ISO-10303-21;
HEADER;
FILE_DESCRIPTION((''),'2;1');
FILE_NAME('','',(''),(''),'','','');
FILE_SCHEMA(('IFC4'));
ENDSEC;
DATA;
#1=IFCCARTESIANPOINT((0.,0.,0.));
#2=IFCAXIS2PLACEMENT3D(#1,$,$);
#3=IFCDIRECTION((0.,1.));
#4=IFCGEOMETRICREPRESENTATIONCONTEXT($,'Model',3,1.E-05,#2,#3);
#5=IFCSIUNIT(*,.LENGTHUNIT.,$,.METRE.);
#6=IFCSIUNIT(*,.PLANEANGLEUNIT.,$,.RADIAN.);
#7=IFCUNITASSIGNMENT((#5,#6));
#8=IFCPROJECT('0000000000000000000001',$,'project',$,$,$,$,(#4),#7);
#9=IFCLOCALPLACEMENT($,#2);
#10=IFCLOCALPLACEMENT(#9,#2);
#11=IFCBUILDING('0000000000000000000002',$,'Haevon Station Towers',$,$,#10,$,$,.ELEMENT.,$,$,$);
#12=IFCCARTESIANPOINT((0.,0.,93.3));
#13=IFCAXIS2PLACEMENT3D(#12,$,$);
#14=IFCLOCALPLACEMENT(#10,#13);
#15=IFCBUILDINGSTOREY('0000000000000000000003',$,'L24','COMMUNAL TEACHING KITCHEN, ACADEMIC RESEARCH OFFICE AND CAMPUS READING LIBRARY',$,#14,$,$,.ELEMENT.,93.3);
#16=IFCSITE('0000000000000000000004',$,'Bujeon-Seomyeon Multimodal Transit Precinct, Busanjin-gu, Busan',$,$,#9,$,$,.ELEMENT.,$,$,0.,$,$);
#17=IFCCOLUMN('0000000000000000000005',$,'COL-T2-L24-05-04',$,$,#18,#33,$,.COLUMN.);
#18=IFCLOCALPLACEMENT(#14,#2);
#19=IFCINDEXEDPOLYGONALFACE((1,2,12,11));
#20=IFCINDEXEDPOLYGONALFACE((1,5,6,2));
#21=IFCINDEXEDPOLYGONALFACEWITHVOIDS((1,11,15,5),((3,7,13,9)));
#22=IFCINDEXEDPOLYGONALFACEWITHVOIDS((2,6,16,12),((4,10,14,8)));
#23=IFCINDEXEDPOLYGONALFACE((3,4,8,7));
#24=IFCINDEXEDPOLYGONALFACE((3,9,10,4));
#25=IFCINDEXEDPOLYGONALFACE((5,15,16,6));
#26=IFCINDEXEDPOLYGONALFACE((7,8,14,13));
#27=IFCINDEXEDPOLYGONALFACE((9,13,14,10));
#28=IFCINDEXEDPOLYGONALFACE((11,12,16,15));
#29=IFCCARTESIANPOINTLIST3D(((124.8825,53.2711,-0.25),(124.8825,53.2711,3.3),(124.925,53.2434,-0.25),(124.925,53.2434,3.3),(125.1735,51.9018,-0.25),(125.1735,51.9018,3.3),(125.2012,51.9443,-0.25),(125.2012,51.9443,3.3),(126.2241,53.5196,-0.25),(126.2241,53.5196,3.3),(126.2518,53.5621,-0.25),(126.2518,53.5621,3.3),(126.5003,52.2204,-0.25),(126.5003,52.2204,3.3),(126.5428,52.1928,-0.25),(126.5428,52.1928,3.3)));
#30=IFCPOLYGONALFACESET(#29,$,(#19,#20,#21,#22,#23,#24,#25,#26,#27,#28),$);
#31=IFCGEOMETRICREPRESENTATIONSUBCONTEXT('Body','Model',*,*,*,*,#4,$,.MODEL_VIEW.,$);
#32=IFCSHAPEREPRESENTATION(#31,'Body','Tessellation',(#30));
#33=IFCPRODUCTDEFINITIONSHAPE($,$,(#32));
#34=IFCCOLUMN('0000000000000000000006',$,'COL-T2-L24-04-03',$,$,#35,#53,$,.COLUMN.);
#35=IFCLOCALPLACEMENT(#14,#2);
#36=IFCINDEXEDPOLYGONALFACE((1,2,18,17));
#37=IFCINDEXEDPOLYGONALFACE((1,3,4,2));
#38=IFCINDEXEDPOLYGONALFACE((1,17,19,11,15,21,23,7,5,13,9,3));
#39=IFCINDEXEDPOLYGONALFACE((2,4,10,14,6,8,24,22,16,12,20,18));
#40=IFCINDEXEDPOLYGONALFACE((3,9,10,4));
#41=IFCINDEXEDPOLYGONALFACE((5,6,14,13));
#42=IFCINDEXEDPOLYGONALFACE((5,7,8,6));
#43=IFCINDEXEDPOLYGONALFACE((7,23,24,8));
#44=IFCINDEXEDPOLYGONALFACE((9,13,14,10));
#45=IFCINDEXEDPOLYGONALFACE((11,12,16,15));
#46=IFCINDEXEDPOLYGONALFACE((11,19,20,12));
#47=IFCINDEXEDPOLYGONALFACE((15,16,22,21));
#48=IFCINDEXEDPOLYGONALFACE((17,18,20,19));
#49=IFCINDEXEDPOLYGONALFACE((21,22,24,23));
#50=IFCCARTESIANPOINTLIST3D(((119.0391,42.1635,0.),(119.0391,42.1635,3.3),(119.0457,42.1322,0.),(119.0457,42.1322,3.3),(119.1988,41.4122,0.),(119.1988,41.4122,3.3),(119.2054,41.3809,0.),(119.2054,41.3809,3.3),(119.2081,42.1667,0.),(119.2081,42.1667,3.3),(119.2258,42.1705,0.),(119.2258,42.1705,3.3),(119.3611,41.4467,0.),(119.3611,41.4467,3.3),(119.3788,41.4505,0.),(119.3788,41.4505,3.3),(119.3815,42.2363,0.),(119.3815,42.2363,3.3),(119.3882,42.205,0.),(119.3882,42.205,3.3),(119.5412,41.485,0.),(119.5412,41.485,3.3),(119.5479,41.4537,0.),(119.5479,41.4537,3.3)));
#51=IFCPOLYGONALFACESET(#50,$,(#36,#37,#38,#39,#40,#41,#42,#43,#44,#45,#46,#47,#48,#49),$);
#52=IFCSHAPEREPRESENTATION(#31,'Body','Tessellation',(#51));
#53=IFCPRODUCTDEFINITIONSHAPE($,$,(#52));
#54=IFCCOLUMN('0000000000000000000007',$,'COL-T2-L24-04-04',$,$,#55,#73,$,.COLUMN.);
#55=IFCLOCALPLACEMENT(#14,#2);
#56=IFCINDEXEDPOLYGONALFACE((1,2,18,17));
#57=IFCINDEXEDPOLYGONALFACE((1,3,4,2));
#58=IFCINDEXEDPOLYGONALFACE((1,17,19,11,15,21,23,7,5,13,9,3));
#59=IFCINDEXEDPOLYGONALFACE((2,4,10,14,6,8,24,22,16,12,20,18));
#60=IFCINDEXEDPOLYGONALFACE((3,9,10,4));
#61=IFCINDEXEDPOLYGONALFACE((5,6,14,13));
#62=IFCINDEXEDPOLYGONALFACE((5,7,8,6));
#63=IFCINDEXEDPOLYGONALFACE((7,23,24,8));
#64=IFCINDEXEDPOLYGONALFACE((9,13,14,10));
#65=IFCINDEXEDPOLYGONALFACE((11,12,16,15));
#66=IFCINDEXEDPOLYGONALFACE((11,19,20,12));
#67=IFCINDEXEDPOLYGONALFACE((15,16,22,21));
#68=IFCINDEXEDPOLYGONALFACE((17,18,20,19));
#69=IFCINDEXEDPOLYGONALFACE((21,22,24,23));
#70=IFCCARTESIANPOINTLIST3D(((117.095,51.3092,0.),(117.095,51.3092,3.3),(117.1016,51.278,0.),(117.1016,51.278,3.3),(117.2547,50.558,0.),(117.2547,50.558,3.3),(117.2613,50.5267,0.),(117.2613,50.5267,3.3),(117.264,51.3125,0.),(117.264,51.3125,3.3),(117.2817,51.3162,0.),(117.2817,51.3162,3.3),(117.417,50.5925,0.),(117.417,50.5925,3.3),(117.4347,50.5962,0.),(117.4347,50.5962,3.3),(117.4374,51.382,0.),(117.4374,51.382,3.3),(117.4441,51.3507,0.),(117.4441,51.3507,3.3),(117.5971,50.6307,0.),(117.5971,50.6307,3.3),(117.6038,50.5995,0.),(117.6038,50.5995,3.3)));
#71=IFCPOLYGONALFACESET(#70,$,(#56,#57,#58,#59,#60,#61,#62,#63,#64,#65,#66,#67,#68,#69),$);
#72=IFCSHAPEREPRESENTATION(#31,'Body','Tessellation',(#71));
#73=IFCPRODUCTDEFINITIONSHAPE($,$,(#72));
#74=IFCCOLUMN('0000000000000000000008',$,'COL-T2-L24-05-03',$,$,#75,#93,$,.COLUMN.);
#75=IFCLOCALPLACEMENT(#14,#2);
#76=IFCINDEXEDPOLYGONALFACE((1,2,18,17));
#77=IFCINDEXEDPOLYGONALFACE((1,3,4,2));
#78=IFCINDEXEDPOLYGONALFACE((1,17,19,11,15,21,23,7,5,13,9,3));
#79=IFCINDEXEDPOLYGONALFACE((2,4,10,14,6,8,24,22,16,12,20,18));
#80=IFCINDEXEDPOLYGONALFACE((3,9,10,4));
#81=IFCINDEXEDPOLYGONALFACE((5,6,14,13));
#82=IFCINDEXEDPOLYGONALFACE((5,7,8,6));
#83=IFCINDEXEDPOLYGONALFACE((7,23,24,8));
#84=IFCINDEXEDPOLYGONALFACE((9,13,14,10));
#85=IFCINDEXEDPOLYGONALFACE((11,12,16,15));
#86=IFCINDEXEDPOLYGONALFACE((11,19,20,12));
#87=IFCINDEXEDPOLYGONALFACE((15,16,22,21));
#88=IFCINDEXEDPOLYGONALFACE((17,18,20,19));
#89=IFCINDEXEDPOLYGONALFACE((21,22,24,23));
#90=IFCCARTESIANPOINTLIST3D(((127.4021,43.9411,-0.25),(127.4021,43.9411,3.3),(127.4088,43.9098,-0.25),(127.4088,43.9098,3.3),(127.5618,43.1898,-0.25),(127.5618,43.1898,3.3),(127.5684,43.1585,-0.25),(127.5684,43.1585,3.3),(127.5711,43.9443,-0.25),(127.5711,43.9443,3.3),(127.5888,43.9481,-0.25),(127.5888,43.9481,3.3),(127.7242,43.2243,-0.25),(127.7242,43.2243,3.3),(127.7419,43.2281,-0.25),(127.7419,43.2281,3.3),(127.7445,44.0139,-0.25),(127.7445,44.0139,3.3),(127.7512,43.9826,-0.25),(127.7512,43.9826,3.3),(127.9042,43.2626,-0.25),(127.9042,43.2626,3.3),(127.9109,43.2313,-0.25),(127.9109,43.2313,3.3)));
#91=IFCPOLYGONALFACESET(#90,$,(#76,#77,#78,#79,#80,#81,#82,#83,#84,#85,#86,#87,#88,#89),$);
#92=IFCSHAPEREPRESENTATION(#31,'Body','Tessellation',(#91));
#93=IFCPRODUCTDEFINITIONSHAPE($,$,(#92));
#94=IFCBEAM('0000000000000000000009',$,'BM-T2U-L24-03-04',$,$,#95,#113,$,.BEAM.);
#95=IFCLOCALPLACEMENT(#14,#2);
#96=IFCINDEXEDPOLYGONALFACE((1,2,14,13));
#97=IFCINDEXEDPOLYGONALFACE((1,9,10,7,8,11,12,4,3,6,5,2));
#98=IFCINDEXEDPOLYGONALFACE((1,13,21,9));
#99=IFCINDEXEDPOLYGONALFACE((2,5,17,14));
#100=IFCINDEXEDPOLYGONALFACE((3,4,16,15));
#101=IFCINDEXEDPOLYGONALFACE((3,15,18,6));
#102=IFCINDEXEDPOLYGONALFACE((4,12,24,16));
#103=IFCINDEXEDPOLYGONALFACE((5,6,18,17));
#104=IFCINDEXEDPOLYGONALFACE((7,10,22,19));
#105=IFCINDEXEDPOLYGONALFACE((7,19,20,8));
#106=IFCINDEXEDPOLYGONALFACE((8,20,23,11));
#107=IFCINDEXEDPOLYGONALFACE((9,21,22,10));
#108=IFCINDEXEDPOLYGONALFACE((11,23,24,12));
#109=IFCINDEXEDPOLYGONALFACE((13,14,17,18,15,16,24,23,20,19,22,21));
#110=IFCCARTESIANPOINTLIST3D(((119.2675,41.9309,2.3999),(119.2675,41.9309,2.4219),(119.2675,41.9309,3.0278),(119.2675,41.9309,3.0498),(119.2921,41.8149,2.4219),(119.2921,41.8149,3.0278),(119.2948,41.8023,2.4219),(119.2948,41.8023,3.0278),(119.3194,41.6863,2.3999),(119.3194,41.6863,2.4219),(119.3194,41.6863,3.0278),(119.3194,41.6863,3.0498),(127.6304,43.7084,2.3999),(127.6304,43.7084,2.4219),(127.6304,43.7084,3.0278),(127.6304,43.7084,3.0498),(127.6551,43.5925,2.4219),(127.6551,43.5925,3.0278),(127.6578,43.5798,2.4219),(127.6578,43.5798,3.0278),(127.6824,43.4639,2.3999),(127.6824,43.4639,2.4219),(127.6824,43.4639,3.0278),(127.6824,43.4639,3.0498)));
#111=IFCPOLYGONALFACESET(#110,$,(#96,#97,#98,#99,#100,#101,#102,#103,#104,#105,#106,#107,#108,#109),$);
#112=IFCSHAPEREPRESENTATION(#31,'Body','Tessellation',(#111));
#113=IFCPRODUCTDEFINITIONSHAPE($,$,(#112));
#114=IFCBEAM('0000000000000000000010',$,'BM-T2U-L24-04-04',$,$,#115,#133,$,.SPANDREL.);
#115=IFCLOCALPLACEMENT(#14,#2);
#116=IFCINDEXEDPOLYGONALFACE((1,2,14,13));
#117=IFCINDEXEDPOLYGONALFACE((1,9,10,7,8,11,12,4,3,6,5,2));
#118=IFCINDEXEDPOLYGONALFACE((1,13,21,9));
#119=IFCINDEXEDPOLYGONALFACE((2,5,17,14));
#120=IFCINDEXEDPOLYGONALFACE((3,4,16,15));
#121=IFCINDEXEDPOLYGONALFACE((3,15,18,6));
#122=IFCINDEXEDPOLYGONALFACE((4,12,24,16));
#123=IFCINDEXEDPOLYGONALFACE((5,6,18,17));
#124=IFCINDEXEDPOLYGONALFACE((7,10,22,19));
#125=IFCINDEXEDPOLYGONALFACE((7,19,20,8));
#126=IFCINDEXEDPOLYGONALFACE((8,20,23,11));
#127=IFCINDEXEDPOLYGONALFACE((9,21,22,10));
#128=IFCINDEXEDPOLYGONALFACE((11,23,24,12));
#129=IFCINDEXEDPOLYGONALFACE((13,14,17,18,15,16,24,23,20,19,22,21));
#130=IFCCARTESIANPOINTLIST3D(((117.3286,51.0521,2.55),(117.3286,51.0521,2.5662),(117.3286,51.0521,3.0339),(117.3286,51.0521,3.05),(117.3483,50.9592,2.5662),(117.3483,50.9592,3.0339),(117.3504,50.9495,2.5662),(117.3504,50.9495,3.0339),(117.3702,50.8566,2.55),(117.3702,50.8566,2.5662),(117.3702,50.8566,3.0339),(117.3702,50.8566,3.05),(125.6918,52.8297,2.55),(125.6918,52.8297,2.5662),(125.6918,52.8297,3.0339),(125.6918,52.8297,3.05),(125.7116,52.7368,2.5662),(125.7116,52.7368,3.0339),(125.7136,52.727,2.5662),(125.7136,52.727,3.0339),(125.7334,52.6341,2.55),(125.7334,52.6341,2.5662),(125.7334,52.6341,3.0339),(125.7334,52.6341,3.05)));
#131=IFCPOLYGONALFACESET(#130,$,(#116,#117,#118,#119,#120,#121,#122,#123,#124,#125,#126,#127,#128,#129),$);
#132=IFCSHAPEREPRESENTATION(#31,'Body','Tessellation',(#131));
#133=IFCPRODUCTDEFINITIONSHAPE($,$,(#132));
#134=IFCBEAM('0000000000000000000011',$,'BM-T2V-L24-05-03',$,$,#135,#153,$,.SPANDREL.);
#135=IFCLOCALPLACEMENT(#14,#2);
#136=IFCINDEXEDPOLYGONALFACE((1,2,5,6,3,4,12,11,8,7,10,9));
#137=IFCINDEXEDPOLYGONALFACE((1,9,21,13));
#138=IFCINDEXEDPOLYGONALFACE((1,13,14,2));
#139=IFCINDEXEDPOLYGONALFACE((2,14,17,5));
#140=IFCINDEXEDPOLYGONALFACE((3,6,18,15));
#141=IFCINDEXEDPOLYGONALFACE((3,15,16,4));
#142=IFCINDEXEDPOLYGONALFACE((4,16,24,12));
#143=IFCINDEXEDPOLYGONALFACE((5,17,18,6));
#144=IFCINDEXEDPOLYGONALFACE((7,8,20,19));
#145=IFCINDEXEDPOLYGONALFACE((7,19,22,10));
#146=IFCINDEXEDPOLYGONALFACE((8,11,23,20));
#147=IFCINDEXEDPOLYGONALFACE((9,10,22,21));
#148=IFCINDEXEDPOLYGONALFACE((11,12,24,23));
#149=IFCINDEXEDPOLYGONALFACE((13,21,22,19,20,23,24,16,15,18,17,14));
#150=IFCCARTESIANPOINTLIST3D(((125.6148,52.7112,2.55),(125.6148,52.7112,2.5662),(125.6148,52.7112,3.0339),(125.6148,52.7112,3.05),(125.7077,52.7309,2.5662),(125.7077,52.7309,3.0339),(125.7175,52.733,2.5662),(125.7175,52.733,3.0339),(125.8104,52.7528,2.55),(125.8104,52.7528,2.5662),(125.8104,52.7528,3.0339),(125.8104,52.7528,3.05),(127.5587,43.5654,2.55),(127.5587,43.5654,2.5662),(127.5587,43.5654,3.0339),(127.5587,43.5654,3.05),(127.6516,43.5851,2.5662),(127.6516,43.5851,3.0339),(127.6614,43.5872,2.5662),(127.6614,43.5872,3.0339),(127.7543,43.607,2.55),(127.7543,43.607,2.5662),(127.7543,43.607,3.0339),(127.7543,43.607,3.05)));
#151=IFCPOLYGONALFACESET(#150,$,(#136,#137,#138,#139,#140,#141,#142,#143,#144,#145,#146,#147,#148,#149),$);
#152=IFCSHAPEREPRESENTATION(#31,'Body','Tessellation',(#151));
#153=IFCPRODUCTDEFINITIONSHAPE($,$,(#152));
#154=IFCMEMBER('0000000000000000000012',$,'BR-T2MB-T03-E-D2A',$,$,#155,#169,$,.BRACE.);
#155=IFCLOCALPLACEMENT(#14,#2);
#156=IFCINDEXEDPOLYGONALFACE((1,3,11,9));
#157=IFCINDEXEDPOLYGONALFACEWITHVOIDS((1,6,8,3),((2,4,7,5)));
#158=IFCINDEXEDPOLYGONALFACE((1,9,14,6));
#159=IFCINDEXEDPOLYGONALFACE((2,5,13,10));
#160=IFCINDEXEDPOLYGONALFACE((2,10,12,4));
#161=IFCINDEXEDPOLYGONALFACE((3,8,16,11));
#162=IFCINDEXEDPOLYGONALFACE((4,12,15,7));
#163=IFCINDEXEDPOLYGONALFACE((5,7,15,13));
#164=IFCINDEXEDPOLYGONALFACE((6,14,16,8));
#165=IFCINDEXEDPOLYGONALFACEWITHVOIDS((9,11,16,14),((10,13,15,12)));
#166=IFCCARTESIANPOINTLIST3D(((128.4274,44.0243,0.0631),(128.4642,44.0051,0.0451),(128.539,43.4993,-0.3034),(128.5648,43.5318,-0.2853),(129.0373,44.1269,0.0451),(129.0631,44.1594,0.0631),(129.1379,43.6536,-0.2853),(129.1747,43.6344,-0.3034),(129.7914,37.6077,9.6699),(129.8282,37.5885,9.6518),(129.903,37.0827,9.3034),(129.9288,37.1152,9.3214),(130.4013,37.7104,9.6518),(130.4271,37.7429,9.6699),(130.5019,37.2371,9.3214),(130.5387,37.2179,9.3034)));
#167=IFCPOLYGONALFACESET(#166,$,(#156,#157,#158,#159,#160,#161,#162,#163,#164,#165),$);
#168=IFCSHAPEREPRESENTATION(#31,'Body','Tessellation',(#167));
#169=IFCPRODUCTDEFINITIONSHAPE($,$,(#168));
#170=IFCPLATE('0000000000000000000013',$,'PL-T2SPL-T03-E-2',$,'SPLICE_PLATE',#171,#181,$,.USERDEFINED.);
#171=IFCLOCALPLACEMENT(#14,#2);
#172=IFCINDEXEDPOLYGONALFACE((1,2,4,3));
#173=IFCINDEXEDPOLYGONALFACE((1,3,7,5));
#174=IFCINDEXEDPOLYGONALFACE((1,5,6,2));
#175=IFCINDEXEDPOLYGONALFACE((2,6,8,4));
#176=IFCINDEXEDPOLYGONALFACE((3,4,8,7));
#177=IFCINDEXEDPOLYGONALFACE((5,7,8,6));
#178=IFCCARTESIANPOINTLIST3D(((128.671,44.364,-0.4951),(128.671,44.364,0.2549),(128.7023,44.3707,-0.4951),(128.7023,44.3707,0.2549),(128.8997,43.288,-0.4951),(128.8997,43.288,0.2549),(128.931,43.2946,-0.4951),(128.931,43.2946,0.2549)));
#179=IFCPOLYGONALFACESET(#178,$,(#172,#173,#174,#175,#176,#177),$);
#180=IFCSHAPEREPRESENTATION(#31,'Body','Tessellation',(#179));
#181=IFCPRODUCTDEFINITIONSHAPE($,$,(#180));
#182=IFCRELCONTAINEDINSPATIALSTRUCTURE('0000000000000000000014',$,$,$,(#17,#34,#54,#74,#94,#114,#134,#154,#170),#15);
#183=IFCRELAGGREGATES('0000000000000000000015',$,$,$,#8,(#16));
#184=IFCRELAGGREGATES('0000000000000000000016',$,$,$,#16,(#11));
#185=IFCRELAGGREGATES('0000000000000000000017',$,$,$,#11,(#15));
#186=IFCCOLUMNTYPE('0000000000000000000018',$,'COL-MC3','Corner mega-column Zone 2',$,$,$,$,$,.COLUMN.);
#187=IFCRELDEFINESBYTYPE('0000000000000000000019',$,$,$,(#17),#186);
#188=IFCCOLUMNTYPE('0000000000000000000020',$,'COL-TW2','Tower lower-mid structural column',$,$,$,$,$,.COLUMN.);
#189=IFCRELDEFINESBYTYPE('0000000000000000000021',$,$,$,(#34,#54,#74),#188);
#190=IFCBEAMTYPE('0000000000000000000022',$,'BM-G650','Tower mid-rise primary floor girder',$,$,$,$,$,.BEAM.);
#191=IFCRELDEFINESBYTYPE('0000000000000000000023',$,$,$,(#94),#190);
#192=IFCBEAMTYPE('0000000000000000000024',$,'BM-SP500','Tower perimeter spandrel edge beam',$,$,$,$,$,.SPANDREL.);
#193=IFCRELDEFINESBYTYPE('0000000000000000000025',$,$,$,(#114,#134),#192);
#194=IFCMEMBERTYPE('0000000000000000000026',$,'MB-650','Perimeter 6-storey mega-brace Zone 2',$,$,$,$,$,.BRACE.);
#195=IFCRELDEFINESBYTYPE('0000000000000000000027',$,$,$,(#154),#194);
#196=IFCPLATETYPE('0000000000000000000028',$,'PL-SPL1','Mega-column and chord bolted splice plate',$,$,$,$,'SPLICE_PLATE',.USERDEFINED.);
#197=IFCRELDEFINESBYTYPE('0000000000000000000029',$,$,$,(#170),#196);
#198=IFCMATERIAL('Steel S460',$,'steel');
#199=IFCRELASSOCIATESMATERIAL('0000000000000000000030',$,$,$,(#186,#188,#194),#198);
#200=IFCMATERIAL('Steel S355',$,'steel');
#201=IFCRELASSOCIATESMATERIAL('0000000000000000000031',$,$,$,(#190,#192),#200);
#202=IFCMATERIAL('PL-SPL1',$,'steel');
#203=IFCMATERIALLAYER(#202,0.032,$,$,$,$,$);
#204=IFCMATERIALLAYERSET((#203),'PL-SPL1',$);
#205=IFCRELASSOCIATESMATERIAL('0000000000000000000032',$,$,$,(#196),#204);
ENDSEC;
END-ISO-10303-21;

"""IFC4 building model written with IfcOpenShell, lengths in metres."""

from ifc_helpers import new_model, si_unit, direction, frame, origin, origin_2d, place, context, subcontext, project, spatial, rectangle, hollow_rectangle, i_section, extrude, material, layer, layer_set, material_profile, profile_set, type_object, element, save


model = new_model("IFC4")

# Units and contexts
model_context = context("Model", 3, precision=1e-05, world=origin(), true_north=direction((0.0, 1.0)))
body_context = subcontext(model_context, "Body", "Model", "MODEL_VIEW")
ifc_project = project(units=[si_unit("LENGTHUNIT", "METRE"), si_unit("PLANEANGLEUNIT", "RADIAN")], contexts=[model_context])

# Site, building, storey
site_placement = place(None, origin())
site = spatial("IfcSite", under=ifc_project, at=site_placement, Name="Bujeon-Seomyeon Multimodal Transit Precinct, Busanjin-gu, Busan", CompositionType="ELEMENT", RefElevation=0.0)
building_placement = place(site_placement, origin())
building = spatial("IfcBuilding", under=site, at=building_placement, Name="Haevon Station Towers", CompositionType="ELEMENT")
storey_placement = place(building_placement, frame((0.0, 0.0, 93.3)))
storey = spatial("IfcBuildingStorey", under=building, at=storey_placement, Name="L24", Description="COMMUNAL TEACHING KITCHEN, ACADEMIC RESEARCH OFFICE AND CAMPUS READING LIBRARY", CompositionType="ELEMENT", Elevation=93.3)

# Columns
ifc_material_1 = material(Name="Steel S460", Category="steel")
ifc_material_profile_1 = material_profile(ifc_material_1, hollow_rectangle(XDim=1.3999, YDim=1.3999, WallThickness=0.0359, at=origin_2d()), Name="BOX-1400x1400x36")
ifc_profile_set_1 = profile_set([ifc_material_profile_1], Name="Steel S460")
column_type_1 = type_object("IfcColumnType", Name="COL-MC3", Description="Corner mega-column Zone 2", PredefinedType="COLUMN", material=ifc_profile_set_1)
column_1_placement = place(storey_placement, frame((125.7126, 52.7319, -0.25), z_axis=(0.0, 0.0, 1.0), x_axis=(0.978148, 0.207912, 0.0)))
element("IfcColumn", 1, at=column_1_placement, inside=storey, type_object=column_type_1, Name="COL-T2-L24-05-04", PredefinedType="COLUMN", context=body_context, shape_type="SweptSolid", body=[
    extrude(hollow_rectangle(XDim=1.3999, YDim=1.3999, WallThickness=0.0359, at=origin_2d()), origin(), (0.0, 0.0, 1.0), 3.55),
])
ifc_material_profile_2 = material_profile(ifc_material_1, i_section(OverallWidth=0.3501, OverallDepth=0.8, WebThickness=0.0181, FlangeThickness=0.032, at=origin_2d()), Name="H-800x350x18x32")
ifc_profile_set_2 = profile_set([ifc_material_profile_2], Name="Steel S460")
column_type_2 = type_object("IfcColumnType", Name="COL-TW2", Description="Tower lower-mid structural column", PredefinedType="COLUMN", material=ifc_profile_set_2)
for number, where, z_axis, x_axis, name in (
    (2, (119.2935, 41.8086, 0.0), (0.0, 0.0, 1.0), (0.978148, 0.207912, 0.0), "COL-T2-L24-04-03"),
    (3, (117.3494, 50.9543, 0.0), (0.0, 0.0, 1.0), (0.978148, 0.207912, 0.0), "COL-T2-L24-04-04"),
):
    element("IfcColumn", number, at=place(storey_placement, frame(where, z_axis=z_axis, x_axis=x_axis)), inside=storey, type_object=column_type_2, Name=name, PredefinedType="COLUMN", context=body_context, shape_type="SweptSolid", body=[
        extrude(i_section(OverallWidth=0.3501, OverallDepth=0.8, WebThickness=0.0181, FlangeThickness=0.032, at=origin_2d()), origin(), (0.0, 0.0, 1.0), 3.3),
    ])
column_2_placement = place(storey_placement, frame((127.6565, 43.5862, -0.25), z_axis=(0.0, 0.0, 1.0), x_axis=(0.978148, 0.207912, 0.0)))
element("IfcColumn", 4, at=column_2_placement, inside=storey, type_object=column_type_2, Name="COL-T2-L24-05-03", PredefinedType="COLUMN", context=body_context, shape_type="SweptSolid", body=[
    extrude(i_section(OverallWidth=0.3501, OverallDepth=0.8, WebThickness=0.0181, FlangeThickness=0.032, at=origin_2d()), origin(), (0.0, 0.0, 1.0), 3.55),
])

# Beams
ifc_material_2 = material(Name="Steel S355", Category="steel")
ifc_material_profile_3 = material_profile(ifc_material_2, i_section(OverallWidth=0.25, OverallDepth=0.6499, WebThickness=0.0129, FlangeThickness=0.022, at=origin_2d()), Name="H-650x250x13x22")
ifc_profile_set_3 = profile_set([ifc_material_profile_3], Name="Steel S355")
beam_type_1 = type_object("IfcBeamType", Name="BM-G650", Description="Tower mid-rise primary floor girder", PredefinedType="BEAM", material=ifc_profile_set_3)
beam_1_placement = place(storey_placement, frame((119.2935, 41.8086, 2.7249), z_axis=(0.978148, 0.207908, 0.0), x_axis=(-0.207908, 0.978148, 0.0)))
element("IfcBeam", 5, at=beam_1_placement, inside=storey, type_object=beam_type_1, Name="BM-T2U-L24-03-04", PredefinedType="BEAM", context=body_context, shape_type="SweptSolid", body=[
    extrude(i_section(OverallWidth=0.25, OverallDepth=0.6499, WebThickness=0.0129, FlangeThickness=0.022, at=origin_2d()), origin(), (0.0, 0.0, 1.0), 8.5498),
])
ifc_material_profile_4 = material_profile(ifc_material_2, i_section(OverallWidth=0.2, OverallDepth=0.5, WebThickness=0.01, FlangeThickness=0.0161, at=origin_2d()), Name="H-500x200x10x16")
ifc_profile_set_4 = profile_set([ifc_material_profile_4], Name="Steel S355")
beam_type_2 = type_object("IfcBeamType", Name="BM-SP500", Description="Tower perimeter spandrel edge beam", PredefinedType="SPANDREL", material=ifc_profile_set_4)
beam_2_placement = place(storey_placement, frame((117.3494, 50.9543, 2.8), z_axis=(0.97815, 0.207902, 0.0), x_axis=(-0.207902, 0.97815, 0.0)))
element("IfcBeam", 6, at=beam_2_placement, inside=storey, type_object=beam_type_2, Name="BM-T2U-L24-04-04", PredefinedType="SPANDREL", context=body_context, shape_type="SweptSolid", body=[
    extrude(i_section(OverallWidth=0.2, OverallDepth=0.5, WebThickness=0.01, FlangeThickness=0.0161, at=origin_2d()), origin(), (0.0, 0.0, 1.0), 8.55),
])
beam_3_placement = place(storey_placement, frame((127.6565, 43.5862, 2.8), z_axis=(-0.207897, 0.978151, 0.0), x_axis=(-0.978151, -0.207897, 0.0)))
element("IfcBeam", 7, at=beam_3_placement, inside=storey, type_object=beam_type_2, Name="BM-T2V-L24-05-03", PredefinedType="SPANDREL", context=body_context, shape_type="SweptSolid", body=[
    extrude(i_section(OverallWidth=0.2, OverallDepth=0.5, WebThickness=0.01, FlangeThickness=0.0161, at=origin_2d()), origin(), (0.0, 0.0, 1.0), 9.3501),
])

# Member
ifc_material_profile_5 = material_profile(ifc_material_1, hollow_rectangle(XDim=0.6499, YDim=0.6499, WallThickness=0.032, at=origin_2d()), Name="RHS-650x650x32")
ifc_profile_set_5 = profile_set([ifc_material_profile_5], Name="Steel S460")
member_type = type_object("IfcMemberType", Name="MB-650", Description="Perimeter 6-storey mega-brace Zone 2", PredefinedType="BRACE", material=ifc_profile_set_5)
member_placement = place(storey_placement, frame((128.801, 43.8293, -0.1201), z_axis=(0.117256, -0.55159, 0.825832), x_axis=(0.978143, 0.207933, 0.0)))
element("IfcMember", 8, at=member_placement, inside=storey, type_object=member_type, Name="BR-T2MB-T03-E-D2A", PredefinedType="BRACE", context=body_context, shape_type="SweptSolid", body=[
    extrude(hollow_rectangle(XDim=0.6499, YDim=0.6499, WallThickness=0.032, at=origin_2d()), origin(), (0.0, 0.0, 1.0), 11.6328),
])

# Plate
ifc_material_3 = material(Name="PL-SPL1", Category="steel")
ifc_layer_1 = layer(ifc_material_3, 0.032)
ifc_layer_set_1 = layer_set([ifc_layer_1], Name="PL-SPL1")
plate_type = type_object("IfcPlateType", Name="PL-SPL1", Description="Mega-column and chord bolted splice plate", ElementType="SPLICE_PLATE", PredefinedType="USERDEFINED", material=ifc_layer_set_1)
plate_placement = place(storey_placement, frame((128.801, 43.8293, -0.4951), z_axis=(0.0, 0.0, 1.0), x_axis=(-0.207912, 0.978148, 0.0)))
element("IfcPlate", 9, at=plate_placement, inside=storey, type_object=plate_type, Name="PL-T2SPL-T03-E-2", ObjectType="SPLICE_PLATE", PredefinedType="USERDEFINED", context=body_context, shape_type="SweptSolid", body=[
    extrude(rectangle(XDim=1.1001, YDim=0.032, at=origin_2d()), origin(), (0.0, 0.0, 1.0), 0.75),
])

save(model, "model.ifc")
